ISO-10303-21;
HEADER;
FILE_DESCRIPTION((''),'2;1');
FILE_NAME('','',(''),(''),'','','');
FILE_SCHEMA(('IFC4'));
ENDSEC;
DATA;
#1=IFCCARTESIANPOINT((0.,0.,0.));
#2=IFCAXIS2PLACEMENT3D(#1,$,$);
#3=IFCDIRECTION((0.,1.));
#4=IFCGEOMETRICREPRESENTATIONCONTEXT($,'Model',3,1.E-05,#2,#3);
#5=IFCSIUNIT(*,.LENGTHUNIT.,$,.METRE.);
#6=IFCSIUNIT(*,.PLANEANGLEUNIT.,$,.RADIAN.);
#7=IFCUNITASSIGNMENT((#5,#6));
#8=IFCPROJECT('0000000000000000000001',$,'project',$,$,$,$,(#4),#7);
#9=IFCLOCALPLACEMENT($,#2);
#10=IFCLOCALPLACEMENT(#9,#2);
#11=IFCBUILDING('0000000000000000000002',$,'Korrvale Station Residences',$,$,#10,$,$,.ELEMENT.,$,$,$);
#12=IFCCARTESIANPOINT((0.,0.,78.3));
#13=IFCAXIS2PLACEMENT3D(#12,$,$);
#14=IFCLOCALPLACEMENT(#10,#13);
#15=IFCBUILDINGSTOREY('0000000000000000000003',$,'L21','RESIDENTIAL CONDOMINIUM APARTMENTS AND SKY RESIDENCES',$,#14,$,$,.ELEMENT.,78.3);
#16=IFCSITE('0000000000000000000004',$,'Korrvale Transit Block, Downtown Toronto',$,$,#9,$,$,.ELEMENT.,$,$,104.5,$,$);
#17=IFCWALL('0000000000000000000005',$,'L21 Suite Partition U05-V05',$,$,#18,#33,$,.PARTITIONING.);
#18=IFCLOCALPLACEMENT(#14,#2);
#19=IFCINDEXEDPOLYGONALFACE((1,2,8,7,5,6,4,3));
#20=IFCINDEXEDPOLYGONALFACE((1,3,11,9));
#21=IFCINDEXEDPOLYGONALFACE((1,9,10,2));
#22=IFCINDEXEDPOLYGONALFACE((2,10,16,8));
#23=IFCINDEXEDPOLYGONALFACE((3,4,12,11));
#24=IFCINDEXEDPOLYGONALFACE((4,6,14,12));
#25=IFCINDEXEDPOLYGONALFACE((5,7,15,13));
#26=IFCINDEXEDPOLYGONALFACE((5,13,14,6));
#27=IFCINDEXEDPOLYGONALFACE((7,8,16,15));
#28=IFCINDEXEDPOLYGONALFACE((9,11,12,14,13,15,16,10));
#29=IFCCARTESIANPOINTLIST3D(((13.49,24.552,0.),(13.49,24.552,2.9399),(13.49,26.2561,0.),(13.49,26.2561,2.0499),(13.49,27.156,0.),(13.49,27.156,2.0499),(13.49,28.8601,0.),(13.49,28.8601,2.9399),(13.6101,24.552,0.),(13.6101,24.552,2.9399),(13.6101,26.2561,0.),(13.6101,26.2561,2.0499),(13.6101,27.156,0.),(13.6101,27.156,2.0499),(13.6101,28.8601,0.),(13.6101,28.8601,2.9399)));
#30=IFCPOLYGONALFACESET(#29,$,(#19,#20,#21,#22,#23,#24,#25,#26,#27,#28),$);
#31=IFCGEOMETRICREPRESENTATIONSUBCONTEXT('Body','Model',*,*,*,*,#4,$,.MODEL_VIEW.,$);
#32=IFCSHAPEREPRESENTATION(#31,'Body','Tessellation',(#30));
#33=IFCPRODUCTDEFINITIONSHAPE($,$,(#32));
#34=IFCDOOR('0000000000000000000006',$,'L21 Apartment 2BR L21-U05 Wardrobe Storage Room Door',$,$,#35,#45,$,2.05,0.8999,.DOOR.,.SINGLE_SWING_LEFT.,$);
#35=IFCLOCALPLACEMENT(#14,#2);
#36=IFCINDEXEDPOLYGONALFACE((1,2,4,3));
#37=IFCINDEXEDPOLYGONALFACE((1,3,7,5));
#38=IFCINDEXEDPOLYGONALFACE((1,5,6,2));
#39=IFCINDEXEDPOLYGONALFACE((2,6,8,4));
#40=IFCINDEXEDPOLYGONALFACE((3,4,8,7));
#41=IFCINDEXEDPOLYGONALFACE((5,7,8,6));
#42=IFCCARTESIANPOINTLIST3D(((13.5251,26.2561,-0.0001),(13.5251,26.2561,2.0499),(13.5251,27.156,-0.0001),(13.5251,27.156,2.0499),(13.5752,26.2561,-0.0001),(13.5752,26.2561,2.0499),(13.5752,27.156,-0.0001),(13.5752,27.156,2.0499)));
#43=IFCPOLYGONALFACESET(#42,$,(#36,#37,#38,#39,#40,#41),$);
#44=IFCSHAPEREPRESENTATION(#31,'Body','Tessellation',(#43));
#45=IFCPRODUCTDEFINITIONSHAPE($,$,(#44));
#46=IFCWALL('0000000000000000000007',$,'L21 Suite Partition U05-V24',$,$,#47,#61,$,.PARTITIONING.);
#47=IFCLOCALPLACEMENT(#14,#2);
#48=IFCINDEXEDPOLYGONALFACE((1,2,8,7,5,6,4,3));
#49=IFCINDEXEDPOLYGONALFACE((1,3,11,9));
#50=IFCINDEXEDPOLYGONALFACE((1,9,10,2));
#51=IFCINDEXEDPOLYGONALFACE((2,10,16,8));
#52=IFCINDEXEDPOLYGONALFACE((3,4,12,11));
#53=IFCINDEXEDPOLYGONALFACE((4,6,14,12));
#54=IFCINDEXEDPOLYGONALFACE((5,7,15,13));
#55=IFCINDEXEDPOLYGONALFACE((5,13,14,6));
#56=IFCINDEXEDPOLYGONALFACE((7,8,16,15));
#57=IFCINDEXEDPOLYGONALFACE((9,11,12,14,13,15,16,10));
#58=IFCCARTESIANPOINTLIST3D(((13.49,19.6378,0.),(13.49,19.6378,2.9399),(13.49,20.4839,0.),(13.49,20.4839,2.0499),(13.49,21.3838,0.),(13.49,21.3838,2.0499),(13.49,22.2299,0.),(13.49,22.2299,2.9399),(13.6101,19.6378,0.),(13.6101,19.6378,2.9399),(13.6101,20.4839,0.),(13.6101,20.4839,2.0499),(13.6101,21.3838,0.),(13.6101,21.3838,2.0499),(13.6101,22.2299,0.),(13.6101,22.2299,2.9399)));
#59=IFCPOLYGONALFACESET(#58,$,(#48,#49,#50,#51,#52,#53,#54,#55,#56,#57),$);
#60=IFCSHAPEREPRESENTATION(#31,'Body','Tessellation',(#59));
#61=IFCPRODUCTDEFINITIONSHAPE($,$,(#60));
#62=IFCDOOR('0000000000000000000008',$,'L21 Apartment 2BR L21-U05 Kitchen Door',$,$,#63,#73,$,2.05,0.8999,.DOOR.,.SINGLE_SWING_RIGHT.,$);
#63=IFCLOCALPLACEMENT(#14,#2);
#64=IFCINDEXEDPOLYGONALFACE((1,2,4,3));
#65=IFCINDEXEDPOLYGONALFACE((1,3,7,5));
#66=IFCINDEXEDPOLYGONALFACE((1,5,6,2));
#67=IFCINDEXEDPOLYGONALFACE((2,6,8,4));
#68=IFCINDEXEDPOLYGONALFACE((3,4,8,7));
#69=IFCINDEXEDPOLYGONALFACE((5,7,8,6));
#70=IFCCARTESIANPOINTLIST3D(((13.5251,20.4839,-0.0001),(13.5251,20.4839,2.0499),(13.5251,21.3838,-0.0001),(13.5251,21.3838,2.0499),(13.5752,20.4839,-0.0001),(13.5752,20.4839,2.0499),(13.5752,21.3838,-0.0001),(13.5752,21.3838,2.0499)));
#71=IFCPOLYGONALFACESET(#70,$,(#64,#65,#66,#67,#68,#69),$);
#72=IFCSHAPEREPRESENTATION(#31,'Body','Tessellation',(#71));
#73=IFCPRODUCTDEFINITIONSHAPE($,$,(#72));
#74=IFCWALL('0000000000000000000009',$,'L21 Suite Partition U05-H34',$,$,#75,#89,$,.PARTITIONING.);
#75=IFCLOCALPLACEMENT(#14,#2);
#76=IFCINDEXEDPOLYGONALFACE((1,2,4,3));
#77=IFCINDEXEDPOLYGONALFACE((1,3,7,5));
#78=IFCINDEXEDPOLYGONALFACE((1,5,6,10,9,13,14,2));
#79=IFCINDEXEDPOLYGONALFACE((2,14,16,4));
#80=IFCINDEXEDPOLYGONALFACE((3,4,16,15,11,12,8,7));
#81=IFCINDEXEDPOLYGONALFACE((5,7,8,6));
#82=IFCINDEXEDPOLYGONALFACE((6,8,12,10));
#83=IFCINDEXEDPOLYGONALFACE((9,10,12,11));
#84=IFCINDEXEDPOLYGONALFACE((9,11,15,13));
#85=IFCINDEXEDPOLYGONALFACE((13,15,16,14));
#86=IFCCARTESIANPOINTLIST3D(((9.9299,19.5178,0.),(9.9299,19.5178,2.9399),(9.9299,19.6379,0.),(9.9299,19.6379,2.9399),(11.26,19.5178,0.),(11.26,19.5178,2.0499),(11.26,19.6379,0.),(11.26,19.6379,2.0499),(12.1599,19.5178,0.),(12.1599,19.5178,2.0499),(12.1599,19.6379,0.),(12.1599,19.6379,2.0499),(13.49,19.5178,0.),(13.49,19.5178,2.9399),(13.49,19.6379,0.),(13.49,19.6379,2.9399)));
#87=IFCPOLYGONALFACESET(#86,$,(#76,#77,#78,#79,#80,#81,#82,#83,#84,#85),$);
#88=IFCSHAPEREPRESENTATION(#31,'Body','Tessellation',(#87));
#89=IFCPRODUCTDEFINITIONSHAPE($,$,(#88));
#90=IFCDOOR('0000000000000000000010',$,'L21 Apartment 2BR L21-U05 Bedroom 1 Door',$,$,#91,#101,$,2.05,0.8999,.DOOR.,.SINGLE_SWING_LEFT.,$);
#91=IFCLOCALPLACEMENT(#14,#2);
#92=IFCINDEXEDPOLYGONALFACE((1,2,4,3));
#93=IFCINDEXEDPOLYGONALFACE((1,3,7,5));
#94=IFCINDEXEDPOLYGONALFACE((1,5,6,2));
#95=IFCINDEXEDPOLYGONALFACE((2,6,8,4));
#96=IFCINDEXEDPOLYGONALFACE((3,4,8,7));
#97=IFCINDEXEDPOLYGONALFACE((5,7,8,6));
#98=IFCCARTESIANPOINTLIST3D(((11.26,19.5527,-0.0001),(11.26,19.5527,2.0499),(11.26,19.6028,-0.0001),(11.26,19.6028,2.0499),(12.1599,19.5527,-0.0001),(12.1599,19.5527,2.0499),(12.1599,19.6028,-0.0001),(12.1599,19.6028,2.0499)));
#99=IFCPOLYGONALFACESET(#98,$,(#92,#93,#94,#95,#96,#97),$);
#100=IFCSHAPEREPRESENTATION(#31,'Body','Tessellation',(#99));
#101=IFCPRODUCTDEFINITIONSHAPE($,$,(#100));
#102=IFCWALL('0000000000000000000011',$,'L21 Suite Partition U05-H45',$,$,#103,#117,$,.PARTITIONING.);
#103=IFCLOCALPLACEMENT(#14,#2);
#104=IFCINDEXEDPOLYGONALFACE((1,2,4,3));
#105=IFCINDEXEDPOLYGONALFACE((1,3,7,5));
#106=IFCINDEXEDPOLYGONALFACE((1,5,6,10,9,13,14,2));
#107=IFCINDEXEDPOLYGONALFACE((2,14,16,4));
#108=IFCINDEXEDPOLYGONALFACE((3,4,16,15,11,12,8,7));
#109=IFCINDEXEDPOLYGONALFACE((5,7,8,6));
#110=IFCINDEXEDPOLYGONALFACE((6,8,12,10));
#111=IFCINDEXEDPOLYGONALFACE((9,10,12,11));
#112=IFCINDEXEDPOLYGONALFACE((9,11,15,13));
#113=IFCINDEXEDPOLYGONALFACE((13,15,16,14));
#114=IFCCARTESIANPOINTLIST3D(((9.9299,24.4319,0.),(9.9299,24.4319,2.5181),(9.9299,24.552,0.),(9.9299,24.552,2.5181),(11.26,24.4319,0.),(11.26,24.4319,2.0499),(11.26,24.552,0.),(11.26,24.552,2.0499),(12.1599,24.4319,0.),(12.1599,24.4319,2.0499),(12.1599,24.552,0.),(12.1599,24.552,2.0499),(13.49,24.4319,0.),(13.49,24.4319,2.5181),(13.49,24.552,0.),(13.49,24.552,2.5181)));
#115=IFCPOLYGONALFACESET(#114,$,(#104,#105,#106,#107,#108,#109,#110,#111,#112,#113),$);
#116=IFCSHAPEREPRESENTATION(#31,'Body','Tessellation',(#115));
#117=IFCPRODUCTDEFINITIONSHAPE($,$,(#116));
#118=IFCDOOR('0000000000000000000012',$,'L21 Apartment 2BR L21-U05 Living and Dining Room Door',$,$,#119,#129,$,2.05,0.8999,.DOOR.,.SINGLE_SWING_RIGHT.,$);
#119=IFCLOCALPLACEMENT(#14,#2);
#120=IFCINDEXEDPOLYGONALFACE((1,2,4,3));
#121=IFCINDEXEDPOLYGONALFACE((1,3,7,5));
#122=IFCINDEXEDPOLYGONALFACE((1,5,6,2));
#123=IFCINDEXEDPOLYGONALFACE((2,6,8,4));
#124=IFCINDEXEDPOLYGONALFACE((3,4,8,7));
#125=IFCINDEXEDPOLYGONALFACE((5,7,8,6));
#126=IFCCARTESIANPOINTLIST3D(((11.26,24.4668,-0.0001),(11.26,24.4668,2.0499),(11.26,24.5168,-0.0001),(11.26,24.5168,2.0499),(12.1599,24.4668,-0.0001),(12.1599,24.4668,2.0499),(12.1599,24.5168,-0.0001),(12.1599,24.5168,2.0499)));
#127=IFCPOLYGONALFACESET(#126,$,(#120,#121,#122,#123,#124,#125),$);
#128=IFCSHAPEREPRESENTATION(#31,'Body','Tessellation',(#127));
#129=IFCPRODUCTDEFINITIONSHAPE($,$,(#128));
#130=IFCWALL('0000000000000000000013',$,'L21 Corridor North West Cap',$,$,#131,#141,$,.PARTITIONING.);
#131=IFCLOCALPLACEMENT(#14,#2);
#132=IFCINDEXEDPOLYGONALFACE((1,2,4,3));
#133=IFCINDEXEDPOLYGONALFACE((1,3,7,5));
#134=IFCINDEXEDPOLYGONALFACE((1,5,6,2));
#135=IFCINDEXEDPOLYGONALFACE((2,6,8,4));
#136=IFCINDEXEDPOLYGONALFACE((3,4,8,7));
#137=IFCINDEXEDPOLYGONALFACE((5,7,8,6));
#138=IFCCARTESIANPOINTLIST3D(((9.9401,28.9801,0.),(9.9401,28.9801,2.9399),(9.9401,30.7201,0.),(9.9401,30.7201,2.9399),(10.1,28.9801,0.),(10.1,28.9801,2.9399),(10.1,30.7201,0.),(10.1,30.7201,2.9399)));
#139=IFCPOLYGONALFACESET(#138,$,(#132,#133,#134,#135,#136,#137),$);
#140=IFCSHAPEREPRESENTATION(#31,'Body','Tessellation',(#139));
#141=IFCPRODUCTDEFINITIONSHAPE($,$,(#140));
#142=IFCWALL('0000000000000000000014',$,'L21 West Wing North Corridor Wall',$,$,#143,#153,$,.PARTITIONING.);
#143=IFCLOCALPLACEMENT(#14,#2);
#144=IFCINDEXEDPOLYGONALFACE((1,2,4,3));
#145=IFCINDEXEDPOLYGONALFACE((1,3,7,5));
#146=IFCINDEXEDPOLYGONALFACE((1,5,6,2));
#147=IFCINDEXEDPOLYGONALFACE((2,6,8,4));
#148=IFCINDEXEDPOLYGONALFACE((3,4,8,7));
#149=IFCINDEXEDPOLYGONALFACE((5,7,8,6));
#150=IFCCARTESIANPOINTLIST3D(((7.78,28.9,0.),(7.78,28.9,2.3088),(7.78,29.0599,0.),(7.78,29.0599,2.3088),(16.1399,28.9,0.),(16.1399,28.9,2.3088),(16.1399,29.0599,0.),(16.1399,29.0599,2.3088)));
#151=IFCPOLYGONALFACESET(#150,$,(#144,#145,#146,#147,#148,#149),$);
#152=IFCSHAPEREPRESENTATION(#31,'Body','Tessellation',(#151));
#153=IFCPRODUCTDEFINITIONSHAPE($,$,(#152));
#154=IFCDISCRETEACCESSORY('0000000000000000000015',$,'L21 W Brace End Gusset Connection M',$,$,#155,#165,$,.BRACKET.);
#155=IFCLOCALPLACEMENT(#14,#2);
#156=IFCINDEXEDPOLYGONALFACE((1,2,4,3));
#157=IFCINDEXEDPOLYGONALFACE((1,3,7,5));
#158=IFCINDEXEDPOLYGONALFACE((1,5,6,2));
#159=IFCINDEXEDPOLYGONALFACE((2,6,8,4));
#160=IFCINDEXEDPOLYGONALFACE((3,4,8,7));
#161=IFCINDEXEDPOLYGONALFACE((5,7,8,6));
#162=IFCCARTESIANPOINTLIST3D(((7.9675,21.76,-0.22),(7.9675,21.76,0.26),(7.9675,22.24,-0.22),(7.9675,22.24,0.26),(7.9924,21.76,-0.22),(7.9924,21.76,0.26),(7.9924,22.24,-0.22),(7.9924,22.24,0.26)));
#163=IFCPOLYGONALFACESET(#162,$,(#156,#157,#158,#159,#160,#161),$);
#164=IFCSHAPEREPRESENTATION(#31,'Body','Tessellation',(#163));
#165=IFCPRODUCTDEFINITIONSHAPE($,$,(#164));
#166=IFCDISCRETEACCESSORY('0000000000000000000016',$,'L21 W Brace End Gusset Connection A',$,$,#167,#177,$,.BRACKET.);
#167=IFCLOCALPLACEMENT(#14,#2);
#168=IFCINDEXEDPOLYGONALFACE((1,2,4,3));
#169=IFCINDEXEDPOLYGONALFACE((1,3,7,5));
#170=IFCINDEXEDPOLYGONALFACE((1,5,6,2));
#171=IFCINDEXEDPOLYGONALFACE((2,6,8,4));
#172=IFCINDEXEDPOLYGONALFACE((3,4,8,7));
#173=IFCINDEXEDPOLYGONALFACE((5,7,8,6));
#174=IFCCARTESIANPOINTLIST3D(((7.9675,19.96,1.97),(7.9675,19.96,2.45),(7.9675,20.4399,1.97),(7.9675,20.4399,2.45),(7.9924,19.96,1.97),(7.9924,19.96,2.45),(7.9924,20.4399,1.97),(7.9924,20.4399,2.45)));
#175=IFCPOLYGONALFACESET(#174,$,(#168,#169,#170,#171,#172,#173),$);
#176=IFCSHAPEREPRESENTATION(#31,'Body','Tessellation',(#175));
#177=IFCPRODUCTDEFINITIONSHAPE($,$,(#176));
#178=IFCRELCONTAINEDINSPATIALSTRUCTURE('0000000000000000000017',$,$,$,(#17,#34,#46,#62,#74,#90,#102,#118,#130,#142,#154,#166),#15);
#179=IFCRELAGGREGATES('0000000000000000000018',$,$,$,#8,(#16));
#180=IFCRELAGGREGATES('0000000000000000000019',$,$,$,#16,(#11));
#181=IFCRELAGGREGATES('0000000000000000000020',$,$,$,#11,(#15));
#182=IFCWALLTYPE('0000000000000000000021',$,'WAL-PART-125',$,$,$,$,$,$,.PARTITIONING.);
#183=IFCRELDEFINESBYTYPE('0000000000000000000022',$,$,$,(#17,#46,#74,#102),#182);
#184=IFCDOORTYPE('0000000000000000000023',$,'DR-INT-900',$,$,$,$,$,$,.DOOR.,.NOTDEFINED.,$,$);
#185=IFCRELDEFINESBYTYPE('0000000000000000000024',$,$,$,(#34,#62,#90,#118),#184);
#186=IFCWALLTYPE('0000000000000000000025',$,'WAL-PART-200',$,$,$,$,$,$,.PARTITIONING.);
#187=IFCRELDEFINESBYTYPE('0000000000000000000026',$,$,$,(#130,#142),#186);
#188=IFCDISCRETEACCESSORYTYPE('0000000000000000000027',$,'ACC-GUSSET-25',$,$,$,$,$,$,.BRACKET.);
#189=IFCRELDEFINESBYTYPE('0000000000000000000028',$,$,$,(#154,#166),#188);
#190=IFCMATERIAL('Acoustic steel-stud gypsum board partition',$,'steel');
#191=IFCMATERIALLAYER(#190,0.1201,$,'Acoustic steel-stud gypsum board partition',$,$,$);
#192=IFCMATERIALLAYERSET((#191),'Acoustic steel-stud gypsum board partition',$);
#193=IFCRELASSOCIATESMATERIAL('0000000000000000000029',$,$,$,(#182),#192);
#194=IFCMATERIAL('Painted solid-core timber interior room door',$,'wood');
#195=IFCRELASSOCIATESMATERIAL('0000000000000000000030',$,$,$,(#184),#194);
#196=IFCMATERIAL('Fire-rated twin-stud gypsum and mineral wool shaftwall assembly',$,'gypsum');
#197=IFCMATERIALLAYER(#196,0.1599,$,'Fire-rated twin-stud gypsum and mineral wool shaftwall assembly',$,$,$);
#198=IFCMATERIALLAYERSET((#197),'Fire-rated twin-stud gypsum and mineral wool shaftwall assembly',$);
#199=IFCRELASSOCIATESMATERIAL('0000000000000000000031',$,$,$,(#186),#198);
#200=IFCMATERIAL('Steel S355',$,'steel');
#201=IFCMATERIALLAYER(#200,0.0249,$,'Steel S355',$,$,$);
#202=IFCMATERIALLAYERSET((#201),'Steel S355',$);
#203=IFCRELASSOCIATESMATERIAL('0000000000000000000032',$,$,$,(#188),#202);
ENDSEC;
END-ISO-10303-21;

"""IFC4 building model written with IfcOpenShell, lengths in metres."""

from ifc_helpers import new_model, si_unit, direction, frame, frame_2d, origin, origin_2d, place, context, subcontext, project, spatial, rectangle, extrude, material, layer, layer_set, type_object, element, fill, save


model = new_model("IFC4")

# Units and contexts
model_context = context("Model", 3, precision=1e-05, world=origin(), true_north=direction((0.0, 1.0)))
body_context = subcontext(model_context, "Body", "Model", "MODEL_VIEW")
ifc_project = project(units=[si_unit("LENGTHUNIT", "METRE"), si_unit("PLANEANGLEUNIT", "RADIAN")], contexts=[model_context])

# Site, building, storey
site_placement = place(None, origin())
site = spatial("IfcSite", under=ifc_project, at=site_placement, Name="Korrvale Transit Block, Downtown Toronto", CompositionType="ELEMENT", RefElevation=104.5)
building_placement = place(site_placement, origin())
building = spatial("IfcBuilding", under=site, at=building_placement, Name="Korrvale Station Residences", CompositionType="ELEMENT")
storey_placement = place(building_placement, frame((0.0, 0.0, 78.3)))
storey = spatial("IfcBuildingStorey", under=building, at=storey_placement, Name="L21", Description="RESIDENTIAL CONDOMINIUM APARTMENTS AND SKY RESIDENCES", CompositionType="ELEMENT", Elevation=78.3)

# Shared definitions
ifc_material_1 = material(Name="Steel S355", Category="steel")

# Walls, openings, doors
ifc_material_2 = material(Name="Acoustic steel-stud gypsum board partition", Category="steel")
ifc_layer_1 = layer(ifc_material_2, 0.1201, Name="Acoustic steel-stud gypsum board partition")
ifc_layer_set_1 = layer_set([ifc_layer_1], Name="Acoustic steel-stud gypsum board partition")
wall_type_1 = type_object("IfcWallType", Name="WAL-PART-125", PredefinedType="PARTITIONING", material=ifc_layer_set_1)
ifc_material_3 = material(Name="Painted solid-core timber interior room door", Category="wood")
door_type = type_object("IfcDoorType", Name="DR-INT-900", OperationType="NOTDEFINED", PredefinedType="DOOR", material=ifc_material_3)
wall_1_placement = place(storey_placement, frame((13.55, 24.552, 0.0), z_axis=(0.0, 0.0, 1.0), x_axis=(0.0, 1.0, 0.0)))
wall_1 = element("IfcWall", 1, at=wall_1_placement, inside=storey, type_object=wall_type_1, Name="L21 Suite Partition U05-V05", PredefinedType="PARTITIONING", context=body_context, shape_type="SweptSolid", body=[
    extrude(rectangle(XDim=4.3081, YDim=0.1201, at=frame_2d((2.1541, 0.0))), origin(), (0.0, 0.0, 1.0), 2.9399),
])
opening_1_placement = place(wall_1_placement, frame((1.7041, 0.0, 0.0)))
opening_1 = element("IfcOpeningElement", 2, at=opening_1_placement, cuts=wall_1, PredefinedType="OPENING", context=body_context, shape_type="SweptSolid", body=[
    extrude(rectangle(XDim=0.8999, YDim=2.05, at=frame_2d((0.45, 1.0249))), frame((0.0, 0.0701, 0.0), z_axis=(0.0, -1.0, 0.0), x_axis=(1.0, 0.0, 0.0)), (0.0, 0.0, 1.0), 0.1401),
])
door_1_placement = place(opening_1_placement, origin())
door_1 = element("IfcDoor", 3, at=door_1_placement, inside=storey, type_object=door_type, Name="L21 Apartment 2BR L21-U05 Wardrobe Storage Room Door", OperationType="SINGLE_SWING_LEFT", OverallHeight=2.05, OverallWidth=0.8999, PredefinedType="DOOR", context=body_context, shape_type="SweptSolid", body=[
    extrude(rectangle(XDim=0.8999, YDim=2.05, at=frame_2d((0.45, 1.0249))), frame((0.0, 0.0249, 0.0), z_axis=(0.0, -1.0, 0.0), x_axis=(1.0, 0.0, 0.0)), (0.0, 0.0, 1.0), 0.05),
])
fill(opening_1, door_1)
wall_2_placement = place(storey_placement, frame((13.55, 19.6379, 0.0), z_axis=(0.0, 0.0, 1.0), x_axis=(0.0, 1.0, 0.0)))
wall_2 = element("IfcWall", 4, at=wall_2_placement, inside=storey, type_object=wall_type_1, Name="L21 Suite Partition U05-V24", PredefinedType="PARTITIONING", context=body_context, shape_type="SweptSolid", body=[
    extrude(rectangle(XDim=2.592, YDim=0.1201, at=frame_2d((1.2959, 0.0))), origin(), (0.0, 0.0, 1.0), 2.9399),
])
opening_2_placement = place(wall_2_placement, frame((0.8459, 0.0, 0.0)))
opening_2 = element("IfcOpeningElement", 5, at=opening_2_placement, cuts=wall_2, PredefinedType="OPENING", context=body_context, shape_type="SweptSolid", body=[
    extrude(rectangle(XDim=0.8999, YDim=2.05, at=frame_2d((0.45, 1.0249))), frame((0.0, 0.0701, 0.0), z_axis=(0.0, -1.0, 0.0), x_axis=(1.0, 0.0, 0.0)), (0.0, 0.0, 1.0), 0.1401),
])
door_2_placement = place(opening_2_placement, origin())
door_2 = element("IfcDoor", 6, at=door_2_placement, inside=storey, type_object=door_type, Name="L21 Apartment 2BR L21-U05 Kitchen Door", OperationType="SINGLE_SWING_RIGHT", OverallHeight=2.05, OverallWidth=0.8999, PredefinedType="DOOR", context=body_context, shape_type="SweptSolid", body=[
    extrude(rectangle(XDim=0.8999, YDim=2.05, at=frame_2d((0.45, 1.0249))), frame((0.0, 0.0249, 0.0), z_axis=(0.0, -1.0, 0.0), x_axis=(1.0, 0.0, 0.0)), (0.0, 0.0, 1.0), 0.05),
])
fill(opening_2, door_2)
wall_3_placement = place(storey_placement, frame((9.9299, 19.5779, 0.0), z_axis=(0.0, 0.0, 1.0), x_axis=(1.0, 0.0, 0.0)))
wall_3 = element("IfcWall", 7, at=wall_3_placement, inside=storey, type_object=wall_type_1, Name="L21 Suite Partition U05-H34", PredefinedType="PARTITIONING", context=body_context, shape_type="SweptSolid", body=[
    extrude(rectangle(XDim=3.5601, YDim=0.1201, at=frame_2d((1.78, 0.0))), origin(), (0.0, 0.0, 1.0), 2.9399),
])
opening_3_placement = place(wall_3_placement, frame((1.3301, 0.0, 0.0)))
opening_3 = element("IfcOpeningElement", 8, at=opening_3_placement, cuts=wall_3, PredefinedType="OPENING", context=body_context, shape_type="SweptSolid", body=[
    extrude(rectangle(XDim=0.8999, YDim=2.05, at=frame_2d((0.45, 1.0249))), frame((0.0, 0.0701, 0.0), z_axis=(0.0, -1.0, 0.0), x_axis=(1.0, 0.0, 0.0)), (0.0, 0.0, 1.0), 0.1401),
])
door_3_placement = place(opening_3_placement, origin())
door_3 = element("IfcDoor", 9, at=door_3_placement, inside=storey, type_object=door_type, Name="L21 Apartment 2BR L21-U05 Bedroom 1 Door", OperationType="SINGLE_SWING_LEFT", OverallHeight=2.05, OverallWidth=0.8999, PredefinedType="DOOR", context=body_context, shape_type="SweptSolid", body=[
    extrude(rectangle(XDim=0.8999, YDim=2.05, at=frame_2d((0.45, 1.0249))), frame((0.0, 0.0249, 0.0), z_axis=(0.0, -1.0, 0.0), x_axis=(1.0, 0.0, 0.0)), (0.0, 0.0, 1.0), 0.05),
])
fill(opening_3, door_3)
wall_4_placement = place(storey_placement, frame((9.9299, 24.4919, 0.0), z_axis=(0.0, 0.0, 1.0), x_axis=(1.0, 0.0, 0.0)))
wall_4 = element("IfcWall", 10, at=wall_4_placement, inside=storey, type_object=wall_type_1, Name="L21 Suite Partition U05-H45", PredefinedType="PARTITIONING", context=body_context, shape_type="SweptSolid", body=[
    extrude(rectangle(XDim=3.5601, YDim=0.1201, at=frame_2d((1.78, 0.0))), origin(), (0.0, 0.0, 1.0), 2.5181),
])
opening_4_placement = place(wall_4_placement, frame((1.3301, 0.0, 0.0)))
opening_4 = element("IfcOpeningElement", 11, at=opening_4_placement, cuts=wall_4, PredefinedType="OPENING", context=body_context, shape_type="SweptSolid", body=[
    extrude(rectangle(XDim=0.8999, YDim=2.05, at=frame_2d((0.45, 1.0249))), frame((0.0, 0.0701, 0.0), z_axis=(0.0, -1.0, 0.0), x_axis=(1.0, 0.0, 0.0)), (0.0, 0.0, 1.0), 0.1401),
])
door_4_placement = place(opening_4_placement, origin())
door_4 = element("IfcDoor", 12, at=door_4_placement, inside=storey, type_object=door_type, Name="L21 Apartment 2BR L21-U05 Living and Dining Room Door", OperationType="SINGLE_SWING_RIGHT", OverallHeight=2.05, OverallWidth=0.8999, PredefinedType="DOOR", context=body_context, shape_type="SweptSolid", body=[
    extrude(rectangle(XDim=0.8999, YDim=2.05, at=frame_2d((0.45, 1.0249))), frame((0.0, 0.0249, 0.0), z_axis=(0.0, -1.0, 0.0), x_axis=(1.0, 0.0, 0.0)), (0.0, 0.0, 1.0), 0.05),
])
fill(opening_4, door_4)

# Walls
ifc_material_4 = material(Name="Fire-rated twin-stud gypsum and mineral wool shaftwall assembly", Category="gypsum")
ifc_layer_2 = layer(ifc_material_4, 0.1599, Name="Fire-rated twin-stud gypsum and mineral wool shaftwall assembly")
ifc_layer_set_2 = layer_set([ifc_layer_2], Name="Fire-rated twin-stud gypsum and mineral wool shaftwall assembly")
wall_type_2 = type_object("IfcWallType", Name="WAL-PART-200", PredefinedType="PARTITIONING", material=ifc_layer_set_2)
wall_5_placement = place(storey_placement, frame((10.02, 28.98, 0.0), z_axis=(0.0, 0.0, 1.0), x_axis=(0.0, 1.0, 0.0)))
element("IfcWall", 13, at=wall_5_placement, inside=storey, type_object=wall_type_2, Name="L21 Corridor North West Cap", PredefinedType="PARTITIONING", context=body_context, shape_type="SweptSolid", body=[
    extrude(rectangle(XDim=1.74, YDim=0.1599, at=frame_2d((0.8701, 0.0))), origin(), (0.0, 0.0, 1.0), 2.9399),
])
wall_6_placement = place(storey_placement, frame((7.78, 28.98, 0.0), z_axis=(0.0, 0.0, 1.0), x_axis=(1.0, 0.0, 0.0)))
element("IfcWall", 14, at=wall_6_placement, inside=storey, type_object=wall_type_2, Name="L21 West Wing North Corridor Wall", PredefinedType="PARTITIONING", context=body_context, shape_type="SweptSolid", body=[
    extrude(rectangle(XDim=8.3599, YDim=0.1599, at=frame_2d((4.1799, 0.0))), origin(), (0.0, 0.0, 1.0), 2.3088),
])

# Discrete accessories
ifc_layer_3 = layer(ifc_material_1, 0.0249, Name="Steel S355")
ifc_layer_set_3 = layer_set([ifc_layer_3], Name="Steel S355")
discrete_accessory_type = type_object("IfcDiscreteAccessoryType", Name="ACC-GUSSET-25", PredefinedType="BRACKET", material=ifc_layer_set_3)
for number, where, z_axis, x_axis, name in (
    (15, (7.98, 22.0, -0.22), (0.0, 0.0, 1.0), (0.0, 1.0, 0.0), "L21 W Brace End Gusset Connection M"),
    (16, (7.98, 20.2, 1.97), (0.0, 0.0, 1.0), (0.0, 1.0, 0.0), "L21 W Brace End Gusset Connection A"),
):
    element("IfcDiscreteAccessory", number, at=place(storey_placement, frame(where, z_axis=z_axis, x_axis=x_axis)), inside=storey, type_object=discrete_accessory_type, Name=name, PredefinedType="BRACKET", context=body_context, shape_type="SweptSolid", body=[
        extrude(rectangle(XDim=0.48, YDim=0.0249, at=origin_2d()), origin(), (0.0, 0.0, 1.0), 0.48),
    ])

save(model, "model.ifc")
